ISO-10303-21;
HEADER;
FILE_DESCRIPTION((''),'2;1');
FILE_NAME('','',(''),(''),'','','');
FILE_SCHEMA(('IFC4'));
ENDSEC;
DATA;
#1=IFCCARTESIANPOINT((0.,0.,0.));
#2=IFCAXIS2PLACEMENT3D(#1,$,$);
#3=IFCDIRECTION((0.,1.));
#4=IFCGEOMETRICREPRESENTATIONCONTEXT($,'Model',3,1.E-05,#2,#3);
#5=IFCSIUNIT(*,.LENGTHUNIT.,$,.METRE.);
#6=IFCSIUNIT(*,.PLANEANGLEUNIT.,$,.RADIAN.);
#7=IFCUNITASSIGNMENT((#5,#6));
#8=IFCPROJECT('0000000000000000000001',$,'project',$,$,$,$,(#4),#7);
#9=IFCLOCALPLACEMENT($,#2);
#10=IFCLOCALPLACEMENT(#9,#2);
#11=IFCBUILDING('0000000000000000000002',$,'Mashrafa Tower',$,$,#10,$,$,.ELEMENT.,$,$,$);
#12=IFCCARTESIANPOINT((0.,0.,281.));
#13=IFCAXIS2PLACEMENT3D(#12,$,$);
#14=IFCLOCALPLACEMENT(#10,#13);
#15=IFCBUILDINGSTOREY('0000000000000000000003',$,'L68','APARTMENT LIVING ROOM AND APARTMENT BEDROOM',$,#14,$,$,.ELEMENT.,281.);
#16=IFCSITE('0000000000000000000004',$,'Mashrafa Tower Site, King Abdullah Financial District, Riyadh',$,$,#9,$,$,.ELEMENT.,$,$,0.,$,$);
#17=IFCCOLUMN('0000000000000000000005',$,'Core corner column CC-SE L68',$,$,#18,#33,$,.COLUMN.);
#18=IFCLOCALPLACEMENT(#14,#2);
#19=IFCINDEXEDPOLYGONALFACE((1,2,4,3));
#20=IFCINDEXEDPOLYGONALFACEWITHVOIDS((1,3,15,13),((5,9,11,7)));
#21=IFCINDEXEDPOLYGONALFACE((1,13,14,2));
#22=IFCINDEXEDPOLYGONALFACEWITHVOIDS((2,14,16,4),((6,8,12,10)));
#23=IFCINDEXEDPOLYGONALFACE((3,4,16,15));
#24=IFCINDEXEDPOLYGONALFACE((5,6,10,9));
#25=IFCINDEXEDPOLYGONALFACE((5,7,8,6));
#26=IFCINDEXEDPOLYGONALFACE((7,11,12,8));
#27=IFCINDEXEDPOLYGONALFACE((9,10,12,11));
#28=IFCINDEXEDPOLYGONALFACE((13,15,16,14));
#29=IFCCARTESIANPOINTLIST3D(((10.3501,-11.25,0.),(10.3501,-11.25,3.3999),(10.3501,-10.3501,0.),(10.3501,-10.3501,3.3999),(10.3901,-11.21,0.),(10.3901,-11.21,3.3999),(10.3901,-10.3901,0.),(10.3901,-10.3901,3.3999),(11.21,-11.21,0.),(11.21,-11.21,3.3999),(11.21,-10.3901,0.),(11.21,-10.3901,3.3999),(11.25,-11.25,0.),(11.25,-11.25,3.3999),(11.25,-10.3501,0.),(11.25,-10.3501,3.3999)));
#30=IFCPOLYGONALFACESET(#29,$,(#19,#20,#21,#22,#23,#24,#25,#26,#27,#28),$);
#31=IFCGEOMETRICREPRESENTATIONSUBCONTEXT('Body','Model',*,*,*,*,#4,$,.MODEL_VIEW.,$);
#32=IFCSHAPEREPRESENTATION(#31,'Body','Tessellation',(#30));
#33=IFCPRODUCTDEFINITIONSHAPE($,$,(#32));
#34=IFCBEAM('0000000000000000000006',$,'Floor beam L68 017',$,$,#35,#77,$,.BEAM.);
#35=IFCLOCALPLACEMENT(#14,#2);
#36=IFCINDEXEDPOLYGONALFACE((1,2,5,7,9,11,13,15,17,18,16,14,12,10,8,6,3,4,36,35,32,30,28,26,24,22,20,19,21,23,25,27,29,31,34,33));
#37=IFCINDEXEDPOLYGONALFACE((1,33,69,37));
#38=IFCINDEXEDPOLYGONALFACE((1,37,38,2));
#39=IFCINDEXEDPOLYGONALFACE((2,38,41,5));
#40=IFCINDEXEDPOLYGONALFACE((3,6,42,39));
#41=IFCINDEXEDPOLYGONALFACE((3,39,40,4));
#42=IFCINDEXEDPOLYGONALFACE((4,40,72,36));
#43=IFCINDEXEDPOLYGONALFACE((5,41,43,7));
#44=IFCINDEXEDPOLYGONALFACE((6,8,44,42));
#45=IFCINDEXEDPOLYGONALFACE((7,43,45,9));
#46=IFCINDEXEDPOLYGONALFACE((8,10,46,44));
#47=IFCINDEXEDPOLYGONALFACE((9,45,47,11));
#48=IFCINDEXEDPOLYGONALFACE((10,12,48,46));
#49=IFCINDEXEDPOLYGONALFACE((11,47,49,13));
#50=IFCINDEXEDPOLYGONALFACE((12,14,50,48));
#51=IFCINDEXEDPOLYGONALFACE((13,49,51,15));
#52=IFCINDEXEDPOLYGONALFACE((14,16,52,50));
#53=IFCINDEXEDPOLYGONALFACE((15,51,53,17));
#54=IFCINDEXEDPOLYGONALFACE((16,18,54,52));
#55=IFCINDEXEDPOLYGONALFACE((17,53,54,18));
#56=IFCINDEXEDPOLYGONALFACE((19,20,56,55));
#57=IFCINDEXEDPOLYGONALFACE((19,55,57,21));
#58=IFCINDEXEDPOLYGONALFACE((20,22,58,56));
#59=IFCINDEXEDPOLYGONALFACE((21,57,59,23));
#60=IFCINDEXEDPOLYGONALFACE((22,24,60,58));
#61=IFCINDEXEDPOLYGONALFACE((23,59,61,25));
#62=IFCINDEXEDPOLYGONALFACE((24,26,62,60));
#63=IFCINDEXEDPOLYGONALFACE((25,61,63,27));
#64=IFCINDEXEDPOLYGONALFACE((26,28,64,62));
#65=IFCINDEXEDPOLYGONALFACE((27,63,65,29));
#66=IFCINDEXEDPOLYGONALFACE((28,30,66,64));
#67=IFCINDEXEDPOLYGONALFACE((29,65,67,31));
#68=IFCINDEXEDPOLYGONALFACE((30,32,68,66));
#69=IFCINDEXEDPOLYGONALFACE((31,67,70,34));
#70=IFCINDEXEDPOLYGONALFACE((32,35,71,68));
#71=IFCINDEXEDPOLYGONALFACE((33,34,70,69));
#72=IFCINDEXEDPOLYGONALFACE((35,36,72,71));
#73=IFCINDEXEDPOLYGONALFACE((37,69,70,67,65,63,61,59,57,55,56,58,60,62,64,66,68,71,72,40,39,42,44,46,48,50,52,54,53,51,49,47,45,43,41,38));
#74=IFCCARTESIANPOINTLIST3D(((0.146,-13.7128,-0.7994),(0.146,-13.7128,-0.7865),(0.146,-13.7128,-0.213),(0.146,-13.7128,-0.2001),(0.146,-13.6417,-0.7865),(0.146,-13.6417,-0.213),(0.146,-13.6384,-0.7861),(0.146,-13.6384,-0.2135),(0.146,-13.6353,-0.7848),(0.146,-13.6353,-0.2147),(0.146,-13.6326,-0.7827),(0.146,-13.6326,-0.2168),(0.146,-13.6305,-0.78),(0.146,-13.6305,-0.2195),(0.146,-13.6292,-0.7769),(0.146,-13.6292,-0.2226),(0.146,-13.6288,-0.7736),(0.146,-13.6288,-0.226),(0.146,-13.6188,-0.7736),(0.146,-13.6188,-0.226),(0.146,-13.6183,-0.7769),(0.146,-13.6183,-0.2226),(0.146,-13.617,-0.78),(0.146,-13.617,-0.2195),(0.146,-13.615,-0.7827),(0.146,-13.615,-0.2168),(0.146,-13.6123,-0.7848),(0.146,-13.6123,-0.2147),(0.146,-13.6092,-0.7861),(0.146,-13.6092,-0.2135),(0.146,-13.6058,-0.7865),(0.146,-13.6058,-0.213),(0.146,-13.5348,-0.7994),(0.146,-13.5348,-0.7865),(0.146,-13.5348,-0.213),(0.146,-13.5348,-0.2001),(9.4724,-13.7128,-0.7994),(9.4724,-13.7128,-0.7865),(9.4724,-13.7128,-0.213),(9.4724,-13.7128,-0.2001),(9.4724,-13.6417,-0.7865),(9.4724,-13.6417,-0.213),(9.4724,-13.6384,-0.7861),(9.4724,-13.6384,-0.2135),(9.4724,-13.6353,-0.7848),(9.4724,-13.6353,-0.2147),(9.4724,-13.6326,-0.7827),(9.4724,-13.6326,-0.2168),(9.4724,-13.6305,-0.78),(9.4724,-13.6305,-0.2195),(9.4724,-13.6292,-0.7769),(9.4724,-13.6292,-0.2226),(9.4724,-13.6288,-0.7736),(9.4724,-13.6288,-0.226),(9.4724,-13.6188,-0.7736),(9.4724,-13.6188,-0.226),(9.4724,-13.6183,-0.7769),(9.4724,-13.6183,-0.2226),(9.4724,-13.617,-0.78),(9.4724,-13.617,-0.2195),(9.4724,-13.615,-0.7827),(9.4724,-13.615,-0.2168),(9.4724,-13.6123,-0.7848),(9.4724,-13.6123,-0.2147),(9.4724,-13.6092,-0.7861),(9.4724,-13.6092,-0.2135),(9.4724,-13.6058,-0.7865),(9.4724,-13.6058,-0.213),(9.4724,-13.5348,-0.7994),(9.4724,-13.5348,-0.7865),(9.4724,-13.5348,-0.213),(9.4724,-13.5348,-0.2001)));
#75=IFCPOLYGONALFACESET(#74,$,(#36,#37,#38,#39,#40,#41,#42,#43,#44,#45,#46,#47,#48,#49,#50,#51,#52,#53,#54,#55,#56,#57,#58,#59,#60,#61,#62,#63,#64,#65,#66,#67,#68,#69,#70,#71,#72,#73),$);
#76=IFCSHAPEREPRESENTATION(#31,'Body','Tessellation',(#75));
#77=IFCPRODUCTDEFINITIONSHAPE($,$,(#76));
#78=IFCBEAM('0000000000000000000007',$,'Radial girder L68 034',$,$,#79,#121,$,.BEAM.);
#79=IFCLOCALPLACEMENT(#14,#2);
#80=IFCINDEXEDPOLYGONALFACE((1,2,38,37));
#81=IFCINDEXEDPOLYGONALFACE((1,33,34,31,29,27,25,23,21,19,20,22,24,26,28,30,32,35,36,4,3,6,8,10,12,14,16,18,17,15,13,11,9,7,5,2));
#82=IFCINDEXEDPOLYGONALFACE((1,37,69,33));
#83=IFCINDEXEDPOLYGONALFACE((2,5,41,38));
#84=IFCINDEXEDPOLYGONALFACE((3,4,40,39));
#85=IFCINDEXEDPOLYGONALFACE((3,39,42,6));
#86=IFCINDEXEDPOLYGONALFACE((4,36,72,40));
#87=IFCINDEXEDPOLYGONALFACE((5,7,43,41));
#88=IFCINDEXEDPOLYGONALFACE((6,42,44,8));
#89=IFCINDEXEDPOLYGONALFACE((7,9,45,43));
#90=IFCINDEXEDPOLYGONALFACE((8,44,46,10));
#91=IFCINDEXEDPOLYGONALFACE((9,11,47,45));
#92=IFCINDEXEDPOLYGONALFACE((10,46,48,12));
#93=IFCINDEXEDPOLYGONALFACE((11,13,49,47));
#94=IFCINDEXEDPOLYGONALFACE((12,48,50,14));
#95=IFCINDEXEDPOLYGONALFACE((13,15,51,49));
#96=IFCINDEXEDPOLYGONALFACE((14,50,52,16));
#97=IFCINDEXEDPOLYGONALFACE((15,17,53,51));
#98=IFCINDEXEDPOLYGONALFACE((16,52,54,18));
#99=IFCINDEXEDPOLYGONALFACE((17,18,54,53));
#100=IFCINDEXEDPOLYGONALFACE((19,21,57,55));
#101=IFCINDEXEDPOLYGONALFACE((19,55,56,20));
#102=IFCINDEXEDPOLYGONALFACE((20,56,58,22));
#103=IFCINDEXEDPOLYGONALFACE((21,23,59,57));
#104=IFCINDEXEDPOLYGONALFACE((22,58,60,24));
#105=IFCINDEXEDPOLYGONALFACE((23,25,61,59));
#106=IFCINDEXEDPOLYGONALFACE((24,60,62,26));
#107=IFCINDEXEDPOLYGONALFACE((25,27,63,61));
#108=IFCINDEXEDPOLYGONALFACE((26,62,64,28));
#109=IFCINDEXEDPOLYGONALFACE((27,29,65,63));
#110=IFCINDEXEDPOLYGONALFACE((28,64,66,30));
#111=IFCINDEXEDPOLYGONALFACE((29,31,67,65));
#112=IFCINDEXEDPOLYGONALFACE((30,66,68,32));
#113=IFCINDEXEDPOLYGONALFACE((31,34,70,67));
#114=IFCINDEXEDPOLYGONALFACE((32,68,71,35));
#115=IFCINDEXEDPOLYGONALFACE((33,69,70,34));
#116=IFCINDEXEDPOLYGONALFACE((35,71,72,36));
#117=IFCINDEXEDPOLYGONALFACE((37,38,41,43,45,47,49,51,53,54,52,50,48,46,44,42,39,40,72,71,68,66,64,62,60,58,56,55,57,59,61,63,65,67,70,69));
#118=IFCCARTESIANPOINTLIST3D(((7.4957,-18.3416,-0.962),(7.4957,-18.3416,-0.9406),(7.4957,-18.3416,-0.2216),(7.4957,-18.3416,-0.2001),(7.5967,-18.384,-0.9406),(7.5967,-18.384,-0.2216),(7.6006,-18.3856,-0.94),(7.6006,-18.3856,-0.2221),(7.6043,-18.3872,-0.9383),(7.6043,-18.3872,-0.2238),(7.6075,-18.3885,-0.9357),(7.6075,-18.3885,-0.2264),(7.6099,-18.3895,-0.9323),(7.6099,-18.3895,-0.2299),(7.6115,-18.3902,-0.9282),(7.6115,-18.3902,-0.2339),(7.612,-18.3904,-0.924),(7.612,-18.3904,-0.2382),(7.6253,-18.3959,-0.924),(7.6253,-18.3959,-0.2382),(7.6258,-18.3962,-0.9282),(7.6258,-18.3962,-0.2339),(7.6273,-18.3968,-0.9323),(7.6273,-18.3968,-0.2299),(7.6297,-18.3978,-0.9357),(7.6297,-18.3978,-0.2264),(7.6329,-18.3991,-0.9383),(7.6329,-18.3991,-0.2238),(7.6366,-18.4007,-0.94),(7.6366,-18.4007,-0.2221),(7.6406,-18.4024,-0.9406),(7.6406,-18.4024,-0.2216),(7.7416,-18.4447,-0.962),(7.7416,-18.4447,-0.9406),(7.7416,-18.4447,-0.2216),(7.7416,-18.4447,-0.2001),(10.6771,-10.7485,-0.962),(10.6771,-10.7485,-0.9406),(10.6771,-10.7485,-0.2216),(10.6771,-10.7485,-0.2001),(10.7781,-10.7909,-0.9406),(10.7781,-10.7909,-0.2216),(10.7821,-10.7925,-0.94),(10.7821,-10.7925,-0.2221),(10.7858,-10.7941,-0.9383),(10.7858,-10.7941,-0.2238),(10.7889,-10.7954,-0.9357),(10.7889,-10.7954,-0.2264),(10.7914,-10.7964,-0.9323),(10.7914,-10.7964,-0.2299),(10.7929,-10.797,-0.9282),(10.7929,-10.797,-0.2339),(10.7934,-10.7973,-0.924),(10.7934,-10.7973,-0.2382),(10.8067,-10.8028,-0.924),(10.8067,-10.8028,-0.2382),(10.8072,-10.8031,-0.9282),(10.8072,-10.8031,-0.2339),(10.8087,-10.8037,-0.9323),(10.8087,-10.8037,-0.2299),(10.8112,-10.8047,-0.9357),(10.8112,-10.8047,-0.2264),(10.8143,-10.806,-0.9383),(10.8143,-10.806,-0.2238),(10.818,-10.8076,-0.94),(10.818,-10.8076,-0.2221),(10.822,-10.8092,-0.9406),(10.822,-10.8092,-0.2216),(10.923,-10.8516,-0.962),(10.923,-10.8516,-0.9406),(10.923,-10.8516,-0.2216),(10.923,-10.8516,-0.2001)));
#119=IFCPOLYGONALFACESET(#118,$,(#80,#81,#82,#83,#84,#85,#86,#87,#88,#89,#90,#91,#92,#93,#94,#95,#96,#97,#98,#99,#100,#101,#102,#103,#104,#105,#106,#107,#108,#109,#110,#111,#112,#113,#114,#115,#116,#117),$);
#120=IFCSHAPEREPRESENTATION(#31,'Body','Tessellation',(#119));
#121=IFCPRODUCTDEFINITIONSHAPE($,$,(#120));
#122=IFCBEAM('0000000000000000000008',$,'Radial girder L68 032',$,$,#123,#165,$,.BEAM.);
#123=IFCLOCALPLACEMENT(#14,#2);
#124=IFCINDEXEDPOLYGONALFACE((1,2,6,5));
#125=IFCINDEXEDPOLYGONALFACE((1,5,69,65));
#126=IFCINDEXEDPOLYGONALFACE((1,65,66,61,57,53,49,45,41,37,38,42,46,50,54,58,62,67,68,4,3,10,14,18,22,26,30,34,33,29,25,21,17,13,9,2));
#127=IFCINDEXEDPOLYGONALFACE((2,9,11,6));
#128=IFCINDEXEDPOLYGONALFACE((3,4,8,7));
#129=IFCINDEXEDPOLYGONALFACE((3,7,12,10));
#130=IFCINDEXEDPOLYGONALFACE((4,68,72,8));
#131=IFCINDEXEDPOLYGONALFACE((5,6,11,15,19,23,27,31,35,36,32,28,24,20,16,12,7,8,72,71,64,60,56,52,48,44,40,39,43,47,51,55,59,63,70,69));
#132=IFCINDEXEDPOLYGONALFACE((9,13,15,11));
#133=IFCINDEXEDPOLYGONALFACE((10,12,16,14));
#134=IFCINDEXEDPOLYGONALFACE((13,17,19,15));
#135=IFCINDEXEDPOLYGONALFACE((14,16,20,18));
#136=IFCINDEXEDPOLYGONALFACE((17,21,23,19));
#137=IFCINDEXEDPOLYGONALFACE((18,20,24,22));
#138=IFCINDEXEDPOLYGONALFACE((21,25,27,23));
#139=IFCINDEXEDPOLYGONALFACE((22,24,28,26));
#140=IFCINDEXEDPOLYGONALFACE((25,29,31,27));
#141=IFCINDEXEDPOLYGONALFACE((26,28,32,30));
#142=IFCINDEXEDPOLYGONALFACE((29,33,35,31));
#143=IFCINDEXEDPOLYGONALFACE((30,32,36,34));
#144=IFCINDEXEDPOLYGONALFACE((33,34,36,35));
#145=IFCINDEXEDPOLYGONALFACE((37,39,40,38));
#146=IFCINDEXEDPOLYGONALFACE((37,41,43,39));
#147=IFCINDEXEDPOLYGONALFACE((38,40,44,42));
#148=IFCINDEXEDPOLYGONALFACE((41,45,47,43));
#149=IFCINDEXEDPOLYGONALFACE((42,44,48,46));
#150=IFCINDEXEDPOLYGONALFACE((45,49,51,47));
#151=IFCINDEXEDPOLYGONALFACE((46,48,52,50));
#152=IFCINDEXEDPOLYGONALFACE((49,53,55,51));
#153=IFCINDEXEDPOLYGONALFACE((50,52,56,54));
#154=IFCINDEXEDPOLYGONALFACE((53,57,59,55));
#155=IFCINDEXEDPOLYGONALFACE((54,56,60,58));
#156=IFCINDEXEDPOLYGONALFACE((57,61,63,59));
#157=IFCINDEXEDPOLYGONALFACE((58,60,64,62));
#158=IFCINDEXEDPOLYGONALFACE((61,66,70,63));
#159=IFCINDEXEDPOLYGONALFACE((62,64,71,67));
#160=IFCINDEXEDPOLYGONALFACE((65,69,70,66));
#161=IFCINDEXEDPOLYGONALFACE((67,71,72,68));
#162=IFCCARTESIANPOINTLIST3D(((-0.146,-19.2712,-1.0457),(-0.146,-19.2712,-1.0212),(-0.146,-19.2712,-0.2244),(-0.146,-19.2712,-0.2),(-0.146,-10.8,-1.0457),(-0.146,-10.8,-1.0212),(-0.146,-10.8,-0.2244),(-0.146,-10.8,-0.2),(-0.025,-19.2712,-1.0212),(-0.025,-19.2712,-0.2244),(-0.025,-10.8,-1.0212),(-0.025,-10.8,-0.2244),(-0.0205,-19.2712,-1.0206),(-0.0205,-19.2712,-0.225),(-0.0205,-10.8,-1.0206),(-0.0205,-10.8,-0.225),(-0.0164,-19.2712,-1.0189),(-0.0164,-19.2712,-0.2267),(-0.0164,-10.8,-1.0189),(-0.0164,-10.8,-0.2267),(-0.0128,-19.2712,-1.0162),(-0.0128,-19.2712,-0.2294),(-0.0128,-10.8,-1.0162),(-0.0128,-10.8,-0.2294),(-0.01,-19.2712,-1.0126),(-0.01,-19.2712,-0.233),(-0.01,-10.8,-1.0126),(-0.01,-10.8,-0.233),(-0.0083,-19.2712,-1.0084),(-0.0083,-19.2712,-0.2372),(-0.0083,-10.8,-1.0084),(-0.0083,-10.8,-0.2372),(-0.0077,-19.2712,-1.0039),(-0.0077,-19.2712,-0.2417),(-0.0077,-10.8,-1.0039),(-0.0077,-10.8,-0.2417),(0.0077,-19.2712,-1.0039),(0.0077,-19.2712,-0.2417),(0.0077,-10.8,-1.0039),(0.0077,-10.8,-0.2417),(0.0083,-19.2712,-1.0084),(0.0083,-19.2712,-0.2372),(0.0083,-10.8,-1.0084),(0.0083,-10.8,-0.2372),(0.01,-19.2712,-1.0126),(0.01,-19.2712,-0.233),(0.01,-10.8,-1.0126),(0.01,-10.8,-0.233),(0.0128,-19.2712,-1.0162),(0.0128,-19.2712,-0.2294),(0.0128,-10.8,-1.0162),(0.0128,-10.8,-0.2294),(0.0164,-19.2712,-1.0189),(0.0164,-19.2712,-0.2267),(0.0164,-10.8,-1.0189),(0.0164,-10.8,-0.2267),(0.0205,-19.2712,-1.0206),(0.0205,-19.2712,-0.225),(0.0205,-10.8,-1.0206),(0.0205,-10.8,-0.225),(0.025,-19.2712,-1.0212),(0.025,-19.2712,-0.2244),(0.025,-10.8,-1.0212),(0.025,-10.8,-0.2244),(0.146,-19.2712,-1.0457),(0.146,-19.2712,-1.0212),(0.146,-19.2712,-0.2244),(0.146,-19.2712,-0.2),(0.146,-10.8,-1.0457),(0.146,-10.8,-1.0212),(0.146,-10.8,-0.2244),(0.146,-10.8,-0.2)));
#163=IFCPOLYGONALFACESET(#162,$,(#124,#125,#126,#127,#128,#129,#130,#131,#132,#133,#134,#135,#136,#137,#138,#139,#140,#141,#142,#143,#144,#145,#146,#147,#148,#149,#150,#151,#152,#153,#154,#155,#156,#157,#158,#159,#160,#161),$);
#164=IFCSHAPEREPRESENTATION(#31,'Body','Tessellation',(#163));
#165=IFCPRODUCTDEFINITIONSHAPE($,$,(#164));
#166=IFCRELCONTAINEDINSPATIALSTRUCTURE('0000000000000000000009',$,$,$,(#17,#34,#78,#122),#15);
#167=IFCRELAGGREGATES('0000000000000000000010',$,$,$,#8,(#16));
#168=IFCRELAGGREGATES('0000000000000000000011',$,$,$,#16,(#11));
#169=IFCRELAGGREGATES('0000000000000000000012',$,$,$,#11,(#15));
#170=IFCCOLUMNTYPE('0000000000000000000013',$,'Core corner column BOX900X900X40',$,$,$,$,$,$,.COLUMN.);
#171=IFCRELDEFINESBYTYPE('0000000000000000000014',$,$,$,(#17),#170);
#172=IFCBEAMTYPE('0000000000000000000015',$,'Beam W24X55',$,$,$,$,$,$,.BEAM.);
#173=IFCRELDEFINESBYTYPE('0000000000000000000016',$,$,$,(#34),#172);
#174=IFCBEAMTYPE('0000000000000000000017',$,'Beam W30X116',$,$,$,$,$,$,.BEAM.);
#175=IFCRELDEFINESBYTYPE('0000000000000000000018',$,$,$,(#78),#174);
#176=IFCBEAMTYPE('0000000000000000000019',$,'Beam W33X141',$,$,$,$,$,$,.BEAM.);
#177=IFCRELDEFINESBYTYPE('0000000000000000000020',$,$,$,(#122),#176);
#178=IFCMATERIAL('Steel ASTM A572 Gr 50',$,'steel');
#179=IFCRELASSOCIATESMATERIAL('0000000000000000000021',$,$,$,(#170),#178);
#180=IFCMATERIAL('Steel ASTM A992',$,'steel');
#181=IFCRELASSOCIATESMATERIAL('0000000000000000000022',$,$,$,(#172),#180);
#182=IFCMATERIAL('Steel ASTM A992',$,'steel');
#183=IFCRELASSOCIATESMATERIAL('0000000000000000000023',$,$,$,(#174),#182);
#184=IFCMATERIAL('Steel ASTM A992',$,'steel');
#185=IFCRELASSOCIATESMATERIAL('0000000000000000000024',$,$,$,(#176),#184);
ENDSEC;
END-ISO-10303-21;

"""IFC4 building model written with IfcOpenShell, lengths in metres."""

from ifc_helpers import new_model, si_unit, direction, frame, origin, origin_2d, place, context, subcontext, project, spatial, hollow_rectangle, i_section, extrude, material, material_profile, profile_set, type_object, element, save


model = new_model("IFC4")

# Units and contexts
model_context = context("Model", 3, precision=1e-05, world=origin(), true_north=direction((0.0, 1.0)))
body_context = subcontext(model_context, "Body", "Model", "MODEL_VIEW")
ifc_project = project(units=[si_unit("LENGTHUNIT", "METRE"), si_unit("PLANEANGLEUNIT", "RADIAN")], contexts=[model_context])

# Site, building, storey
site_placement = place(None, origin())
site = spatial("IfcSite", under=ifc_project, at=site_placement, Name="Mashrafa Tower Site, King Abdullah Financial District, Riyadh", CompositionType="ELEMENT", RefElevation=0.0)
building_placement = place(site_placement, origin())
building = spatial("IfcBuilding", under=site, at=building_placement, Name="Mashrafa Tower", CompositionType="ELEMENT")
storey_placement = place(building_placement, frame((0.0, 0.0, 281.0)))
storey = spatial("IfcBuildingStorey", under=building, at=storey_placement, Name="L68", Description="APARTMENT LIVING ROOM AND APARTMENT BEDROOM", CompositionType="ELEMENT", Elevation=281.0)

# Column
ifc_material_1 = material(Name="Steel ASTM A572 Gr 50", Category="steel")
ifc_material_profile_1 = material_profile(ifc_material_1, hollow_rectangle(XDim=0.8999, YDim=0.8999, WallThickness=0.04, at=origin_2d()), Name="BOX900X900X40")
ifc_profile_set_1 = profile_set([ifc_material_profile_1], Name="Steel ASTM A572 Gr 50")
column_type = type_object("IfcColumnType", Name="Core corner column BOX900X900X40", PredefinedType="COLUMN", material=ifc_profile_set_1)
column_placement = place(storey_placement, frame((10.8, -10.8, 0.0), z_axis=(0.0, 0.0, 1.0), x_axis=(1.0, 0.0, 0.0)))
element("IfcColumn", 1, at=column_placement, inside=storey, type_object=column_type, Name="Core corner column CC-SE L68", PredefinedType="COLUMN", context=body_context, shape_type="SweptSolid", body=[
    extrude(hollow_rectangle(XDim=0.8999, YDim=0.8999, WallThickness=0.04, at=origin_2d()), origin(), (0.0, 0.0, 1.0), 3.3999),
])

# Beams
ifc_material_2 = material(Name="Steel ASTM A992", Category="steel")
ifc_material_profile_2 = material_profile(ifc_material_2, i_section(OverallWidth=0.178, OverallDepth=0.5994, WebThickness=0.01, FlangeThickness=0.0129, FilletRadius=0.0129, at=origin_2d()), Name="W24X55")
ifc_profile_set_2 = profile_set([ifc_material_profile_2], Name="Steel ASTM A992")
beam_type_1 = type_object("IfcBeamType", Name="Beam W24X55", PredefinedType="BEAM", material=ifc_profile_set_2)
beam_1_placement = place(storey_placement, frame((9.4724, -13.6238, -0.4998), z_axis=(-1.0, 0.0, 0.0), x_axis=(0.0, -1.0, 0.0)))
element("IfcBeam", 2, at=beam_1_placement, inside=storey, type_object=beam_type_1, Name="Floor beam L68 017", PredefinedType="BEAM", context=body_context, shape_type="SweptSolid", body=[
    extrude(i_section(OverallWidth=0.178, OverallDepth=0.5994, WebThickness=0.01, FlangeThickness=0.0129, FilletRadius=0.0129, at=origin_2d()), origin(), (0.0, 0.0, 1.0), 9.3264),
])
ifc_material_3 = material(Name="Steel ASTM A992", Category="steel")
ifc_material_profile_3 = material_profile(ifc_material_3, i_section(OverallWidth=0.2666, OverallDepth=0.762, WebThickness=0.0144, FlangeThickness=0.0215, FilletRadius=0.0166, at=origin_2d()), Name="W30X116")
ifc_profile_set_3 = profile_set([ifc_material_profile_3], Name="Steel ASTM A992")
beam_type_2 = type_object("IfcBeamType", Name="Beam W30X116", PredefinedType="BEAM", material=ifc_profile_set_3)
beam_2_placement = place(storey_placement, frame((10.8, -10.8, -0.5811), z_axis=(-0.38644, -0.922314, 0.0), x_axis=(0.922314, -0.38644, 0.0)))
element("IfcBeam", 3, at=beam_2_placement, inside=storey, type_object=beam_type_2, Name="Radial girder L68 034", PredefinedType="BEAM", context=body_context, shape_type="SweptSolid", body=[
    extrude(i_section(OverallWidth=0.2666, OverallDepth=0.762, WebThickness=0.0144, FlangeThickness=0.0215, FilletRadius=0.0166, at=origin_2d()), origin(), (0.0, 0.0, 1.0), 8.2327),
])
ifc_material_4 = material(Name="Steel ASTM A992", Category="steel")
ifc_material_profile_4 = material_profile(ifc_material_4, i_section(OverallWidth=0.292, OverallDepth=0.8457, WebThickness=0.0154, FlangeThickness=0.0244, FilletRadius=0.0173, at=origin_2d()), Name="W33X141")
ifc_profile_set_4 = profile_set([ifc_material_profile_4], Name="Steel ASTM A992")
beam_type_3 = type_object("IfcBeamType", Name="Beam W33X141", PredefinedType="BEAM", material=ifc_profile_set_4)
beam_3_placement = place(storey_placement, frame((0.0, -10.8, -0.6228), z_axis=(0.0, -1.0, 0.0), x_axis=(1.0, 0.0, 0.0)))
element("IfcBeam", 4, at=beam_3_placement, inside=storey, type_object=beam_type_3, Name="Radial girder L68 032", PredefinedType="BEAM", context=body_context, shape_type="SweptSolid", body=[
    extrude(i_section(OverallWidth=0.292, OverallDepth=0.8457, WebThickness=0.0154, FlangeThickness=0.0244, FilletRadius=0.0173, at=origin_2d()), origin(), (0.0, 0.0, 1.0), 8.4712),
])

save(model, "model.ifc")
